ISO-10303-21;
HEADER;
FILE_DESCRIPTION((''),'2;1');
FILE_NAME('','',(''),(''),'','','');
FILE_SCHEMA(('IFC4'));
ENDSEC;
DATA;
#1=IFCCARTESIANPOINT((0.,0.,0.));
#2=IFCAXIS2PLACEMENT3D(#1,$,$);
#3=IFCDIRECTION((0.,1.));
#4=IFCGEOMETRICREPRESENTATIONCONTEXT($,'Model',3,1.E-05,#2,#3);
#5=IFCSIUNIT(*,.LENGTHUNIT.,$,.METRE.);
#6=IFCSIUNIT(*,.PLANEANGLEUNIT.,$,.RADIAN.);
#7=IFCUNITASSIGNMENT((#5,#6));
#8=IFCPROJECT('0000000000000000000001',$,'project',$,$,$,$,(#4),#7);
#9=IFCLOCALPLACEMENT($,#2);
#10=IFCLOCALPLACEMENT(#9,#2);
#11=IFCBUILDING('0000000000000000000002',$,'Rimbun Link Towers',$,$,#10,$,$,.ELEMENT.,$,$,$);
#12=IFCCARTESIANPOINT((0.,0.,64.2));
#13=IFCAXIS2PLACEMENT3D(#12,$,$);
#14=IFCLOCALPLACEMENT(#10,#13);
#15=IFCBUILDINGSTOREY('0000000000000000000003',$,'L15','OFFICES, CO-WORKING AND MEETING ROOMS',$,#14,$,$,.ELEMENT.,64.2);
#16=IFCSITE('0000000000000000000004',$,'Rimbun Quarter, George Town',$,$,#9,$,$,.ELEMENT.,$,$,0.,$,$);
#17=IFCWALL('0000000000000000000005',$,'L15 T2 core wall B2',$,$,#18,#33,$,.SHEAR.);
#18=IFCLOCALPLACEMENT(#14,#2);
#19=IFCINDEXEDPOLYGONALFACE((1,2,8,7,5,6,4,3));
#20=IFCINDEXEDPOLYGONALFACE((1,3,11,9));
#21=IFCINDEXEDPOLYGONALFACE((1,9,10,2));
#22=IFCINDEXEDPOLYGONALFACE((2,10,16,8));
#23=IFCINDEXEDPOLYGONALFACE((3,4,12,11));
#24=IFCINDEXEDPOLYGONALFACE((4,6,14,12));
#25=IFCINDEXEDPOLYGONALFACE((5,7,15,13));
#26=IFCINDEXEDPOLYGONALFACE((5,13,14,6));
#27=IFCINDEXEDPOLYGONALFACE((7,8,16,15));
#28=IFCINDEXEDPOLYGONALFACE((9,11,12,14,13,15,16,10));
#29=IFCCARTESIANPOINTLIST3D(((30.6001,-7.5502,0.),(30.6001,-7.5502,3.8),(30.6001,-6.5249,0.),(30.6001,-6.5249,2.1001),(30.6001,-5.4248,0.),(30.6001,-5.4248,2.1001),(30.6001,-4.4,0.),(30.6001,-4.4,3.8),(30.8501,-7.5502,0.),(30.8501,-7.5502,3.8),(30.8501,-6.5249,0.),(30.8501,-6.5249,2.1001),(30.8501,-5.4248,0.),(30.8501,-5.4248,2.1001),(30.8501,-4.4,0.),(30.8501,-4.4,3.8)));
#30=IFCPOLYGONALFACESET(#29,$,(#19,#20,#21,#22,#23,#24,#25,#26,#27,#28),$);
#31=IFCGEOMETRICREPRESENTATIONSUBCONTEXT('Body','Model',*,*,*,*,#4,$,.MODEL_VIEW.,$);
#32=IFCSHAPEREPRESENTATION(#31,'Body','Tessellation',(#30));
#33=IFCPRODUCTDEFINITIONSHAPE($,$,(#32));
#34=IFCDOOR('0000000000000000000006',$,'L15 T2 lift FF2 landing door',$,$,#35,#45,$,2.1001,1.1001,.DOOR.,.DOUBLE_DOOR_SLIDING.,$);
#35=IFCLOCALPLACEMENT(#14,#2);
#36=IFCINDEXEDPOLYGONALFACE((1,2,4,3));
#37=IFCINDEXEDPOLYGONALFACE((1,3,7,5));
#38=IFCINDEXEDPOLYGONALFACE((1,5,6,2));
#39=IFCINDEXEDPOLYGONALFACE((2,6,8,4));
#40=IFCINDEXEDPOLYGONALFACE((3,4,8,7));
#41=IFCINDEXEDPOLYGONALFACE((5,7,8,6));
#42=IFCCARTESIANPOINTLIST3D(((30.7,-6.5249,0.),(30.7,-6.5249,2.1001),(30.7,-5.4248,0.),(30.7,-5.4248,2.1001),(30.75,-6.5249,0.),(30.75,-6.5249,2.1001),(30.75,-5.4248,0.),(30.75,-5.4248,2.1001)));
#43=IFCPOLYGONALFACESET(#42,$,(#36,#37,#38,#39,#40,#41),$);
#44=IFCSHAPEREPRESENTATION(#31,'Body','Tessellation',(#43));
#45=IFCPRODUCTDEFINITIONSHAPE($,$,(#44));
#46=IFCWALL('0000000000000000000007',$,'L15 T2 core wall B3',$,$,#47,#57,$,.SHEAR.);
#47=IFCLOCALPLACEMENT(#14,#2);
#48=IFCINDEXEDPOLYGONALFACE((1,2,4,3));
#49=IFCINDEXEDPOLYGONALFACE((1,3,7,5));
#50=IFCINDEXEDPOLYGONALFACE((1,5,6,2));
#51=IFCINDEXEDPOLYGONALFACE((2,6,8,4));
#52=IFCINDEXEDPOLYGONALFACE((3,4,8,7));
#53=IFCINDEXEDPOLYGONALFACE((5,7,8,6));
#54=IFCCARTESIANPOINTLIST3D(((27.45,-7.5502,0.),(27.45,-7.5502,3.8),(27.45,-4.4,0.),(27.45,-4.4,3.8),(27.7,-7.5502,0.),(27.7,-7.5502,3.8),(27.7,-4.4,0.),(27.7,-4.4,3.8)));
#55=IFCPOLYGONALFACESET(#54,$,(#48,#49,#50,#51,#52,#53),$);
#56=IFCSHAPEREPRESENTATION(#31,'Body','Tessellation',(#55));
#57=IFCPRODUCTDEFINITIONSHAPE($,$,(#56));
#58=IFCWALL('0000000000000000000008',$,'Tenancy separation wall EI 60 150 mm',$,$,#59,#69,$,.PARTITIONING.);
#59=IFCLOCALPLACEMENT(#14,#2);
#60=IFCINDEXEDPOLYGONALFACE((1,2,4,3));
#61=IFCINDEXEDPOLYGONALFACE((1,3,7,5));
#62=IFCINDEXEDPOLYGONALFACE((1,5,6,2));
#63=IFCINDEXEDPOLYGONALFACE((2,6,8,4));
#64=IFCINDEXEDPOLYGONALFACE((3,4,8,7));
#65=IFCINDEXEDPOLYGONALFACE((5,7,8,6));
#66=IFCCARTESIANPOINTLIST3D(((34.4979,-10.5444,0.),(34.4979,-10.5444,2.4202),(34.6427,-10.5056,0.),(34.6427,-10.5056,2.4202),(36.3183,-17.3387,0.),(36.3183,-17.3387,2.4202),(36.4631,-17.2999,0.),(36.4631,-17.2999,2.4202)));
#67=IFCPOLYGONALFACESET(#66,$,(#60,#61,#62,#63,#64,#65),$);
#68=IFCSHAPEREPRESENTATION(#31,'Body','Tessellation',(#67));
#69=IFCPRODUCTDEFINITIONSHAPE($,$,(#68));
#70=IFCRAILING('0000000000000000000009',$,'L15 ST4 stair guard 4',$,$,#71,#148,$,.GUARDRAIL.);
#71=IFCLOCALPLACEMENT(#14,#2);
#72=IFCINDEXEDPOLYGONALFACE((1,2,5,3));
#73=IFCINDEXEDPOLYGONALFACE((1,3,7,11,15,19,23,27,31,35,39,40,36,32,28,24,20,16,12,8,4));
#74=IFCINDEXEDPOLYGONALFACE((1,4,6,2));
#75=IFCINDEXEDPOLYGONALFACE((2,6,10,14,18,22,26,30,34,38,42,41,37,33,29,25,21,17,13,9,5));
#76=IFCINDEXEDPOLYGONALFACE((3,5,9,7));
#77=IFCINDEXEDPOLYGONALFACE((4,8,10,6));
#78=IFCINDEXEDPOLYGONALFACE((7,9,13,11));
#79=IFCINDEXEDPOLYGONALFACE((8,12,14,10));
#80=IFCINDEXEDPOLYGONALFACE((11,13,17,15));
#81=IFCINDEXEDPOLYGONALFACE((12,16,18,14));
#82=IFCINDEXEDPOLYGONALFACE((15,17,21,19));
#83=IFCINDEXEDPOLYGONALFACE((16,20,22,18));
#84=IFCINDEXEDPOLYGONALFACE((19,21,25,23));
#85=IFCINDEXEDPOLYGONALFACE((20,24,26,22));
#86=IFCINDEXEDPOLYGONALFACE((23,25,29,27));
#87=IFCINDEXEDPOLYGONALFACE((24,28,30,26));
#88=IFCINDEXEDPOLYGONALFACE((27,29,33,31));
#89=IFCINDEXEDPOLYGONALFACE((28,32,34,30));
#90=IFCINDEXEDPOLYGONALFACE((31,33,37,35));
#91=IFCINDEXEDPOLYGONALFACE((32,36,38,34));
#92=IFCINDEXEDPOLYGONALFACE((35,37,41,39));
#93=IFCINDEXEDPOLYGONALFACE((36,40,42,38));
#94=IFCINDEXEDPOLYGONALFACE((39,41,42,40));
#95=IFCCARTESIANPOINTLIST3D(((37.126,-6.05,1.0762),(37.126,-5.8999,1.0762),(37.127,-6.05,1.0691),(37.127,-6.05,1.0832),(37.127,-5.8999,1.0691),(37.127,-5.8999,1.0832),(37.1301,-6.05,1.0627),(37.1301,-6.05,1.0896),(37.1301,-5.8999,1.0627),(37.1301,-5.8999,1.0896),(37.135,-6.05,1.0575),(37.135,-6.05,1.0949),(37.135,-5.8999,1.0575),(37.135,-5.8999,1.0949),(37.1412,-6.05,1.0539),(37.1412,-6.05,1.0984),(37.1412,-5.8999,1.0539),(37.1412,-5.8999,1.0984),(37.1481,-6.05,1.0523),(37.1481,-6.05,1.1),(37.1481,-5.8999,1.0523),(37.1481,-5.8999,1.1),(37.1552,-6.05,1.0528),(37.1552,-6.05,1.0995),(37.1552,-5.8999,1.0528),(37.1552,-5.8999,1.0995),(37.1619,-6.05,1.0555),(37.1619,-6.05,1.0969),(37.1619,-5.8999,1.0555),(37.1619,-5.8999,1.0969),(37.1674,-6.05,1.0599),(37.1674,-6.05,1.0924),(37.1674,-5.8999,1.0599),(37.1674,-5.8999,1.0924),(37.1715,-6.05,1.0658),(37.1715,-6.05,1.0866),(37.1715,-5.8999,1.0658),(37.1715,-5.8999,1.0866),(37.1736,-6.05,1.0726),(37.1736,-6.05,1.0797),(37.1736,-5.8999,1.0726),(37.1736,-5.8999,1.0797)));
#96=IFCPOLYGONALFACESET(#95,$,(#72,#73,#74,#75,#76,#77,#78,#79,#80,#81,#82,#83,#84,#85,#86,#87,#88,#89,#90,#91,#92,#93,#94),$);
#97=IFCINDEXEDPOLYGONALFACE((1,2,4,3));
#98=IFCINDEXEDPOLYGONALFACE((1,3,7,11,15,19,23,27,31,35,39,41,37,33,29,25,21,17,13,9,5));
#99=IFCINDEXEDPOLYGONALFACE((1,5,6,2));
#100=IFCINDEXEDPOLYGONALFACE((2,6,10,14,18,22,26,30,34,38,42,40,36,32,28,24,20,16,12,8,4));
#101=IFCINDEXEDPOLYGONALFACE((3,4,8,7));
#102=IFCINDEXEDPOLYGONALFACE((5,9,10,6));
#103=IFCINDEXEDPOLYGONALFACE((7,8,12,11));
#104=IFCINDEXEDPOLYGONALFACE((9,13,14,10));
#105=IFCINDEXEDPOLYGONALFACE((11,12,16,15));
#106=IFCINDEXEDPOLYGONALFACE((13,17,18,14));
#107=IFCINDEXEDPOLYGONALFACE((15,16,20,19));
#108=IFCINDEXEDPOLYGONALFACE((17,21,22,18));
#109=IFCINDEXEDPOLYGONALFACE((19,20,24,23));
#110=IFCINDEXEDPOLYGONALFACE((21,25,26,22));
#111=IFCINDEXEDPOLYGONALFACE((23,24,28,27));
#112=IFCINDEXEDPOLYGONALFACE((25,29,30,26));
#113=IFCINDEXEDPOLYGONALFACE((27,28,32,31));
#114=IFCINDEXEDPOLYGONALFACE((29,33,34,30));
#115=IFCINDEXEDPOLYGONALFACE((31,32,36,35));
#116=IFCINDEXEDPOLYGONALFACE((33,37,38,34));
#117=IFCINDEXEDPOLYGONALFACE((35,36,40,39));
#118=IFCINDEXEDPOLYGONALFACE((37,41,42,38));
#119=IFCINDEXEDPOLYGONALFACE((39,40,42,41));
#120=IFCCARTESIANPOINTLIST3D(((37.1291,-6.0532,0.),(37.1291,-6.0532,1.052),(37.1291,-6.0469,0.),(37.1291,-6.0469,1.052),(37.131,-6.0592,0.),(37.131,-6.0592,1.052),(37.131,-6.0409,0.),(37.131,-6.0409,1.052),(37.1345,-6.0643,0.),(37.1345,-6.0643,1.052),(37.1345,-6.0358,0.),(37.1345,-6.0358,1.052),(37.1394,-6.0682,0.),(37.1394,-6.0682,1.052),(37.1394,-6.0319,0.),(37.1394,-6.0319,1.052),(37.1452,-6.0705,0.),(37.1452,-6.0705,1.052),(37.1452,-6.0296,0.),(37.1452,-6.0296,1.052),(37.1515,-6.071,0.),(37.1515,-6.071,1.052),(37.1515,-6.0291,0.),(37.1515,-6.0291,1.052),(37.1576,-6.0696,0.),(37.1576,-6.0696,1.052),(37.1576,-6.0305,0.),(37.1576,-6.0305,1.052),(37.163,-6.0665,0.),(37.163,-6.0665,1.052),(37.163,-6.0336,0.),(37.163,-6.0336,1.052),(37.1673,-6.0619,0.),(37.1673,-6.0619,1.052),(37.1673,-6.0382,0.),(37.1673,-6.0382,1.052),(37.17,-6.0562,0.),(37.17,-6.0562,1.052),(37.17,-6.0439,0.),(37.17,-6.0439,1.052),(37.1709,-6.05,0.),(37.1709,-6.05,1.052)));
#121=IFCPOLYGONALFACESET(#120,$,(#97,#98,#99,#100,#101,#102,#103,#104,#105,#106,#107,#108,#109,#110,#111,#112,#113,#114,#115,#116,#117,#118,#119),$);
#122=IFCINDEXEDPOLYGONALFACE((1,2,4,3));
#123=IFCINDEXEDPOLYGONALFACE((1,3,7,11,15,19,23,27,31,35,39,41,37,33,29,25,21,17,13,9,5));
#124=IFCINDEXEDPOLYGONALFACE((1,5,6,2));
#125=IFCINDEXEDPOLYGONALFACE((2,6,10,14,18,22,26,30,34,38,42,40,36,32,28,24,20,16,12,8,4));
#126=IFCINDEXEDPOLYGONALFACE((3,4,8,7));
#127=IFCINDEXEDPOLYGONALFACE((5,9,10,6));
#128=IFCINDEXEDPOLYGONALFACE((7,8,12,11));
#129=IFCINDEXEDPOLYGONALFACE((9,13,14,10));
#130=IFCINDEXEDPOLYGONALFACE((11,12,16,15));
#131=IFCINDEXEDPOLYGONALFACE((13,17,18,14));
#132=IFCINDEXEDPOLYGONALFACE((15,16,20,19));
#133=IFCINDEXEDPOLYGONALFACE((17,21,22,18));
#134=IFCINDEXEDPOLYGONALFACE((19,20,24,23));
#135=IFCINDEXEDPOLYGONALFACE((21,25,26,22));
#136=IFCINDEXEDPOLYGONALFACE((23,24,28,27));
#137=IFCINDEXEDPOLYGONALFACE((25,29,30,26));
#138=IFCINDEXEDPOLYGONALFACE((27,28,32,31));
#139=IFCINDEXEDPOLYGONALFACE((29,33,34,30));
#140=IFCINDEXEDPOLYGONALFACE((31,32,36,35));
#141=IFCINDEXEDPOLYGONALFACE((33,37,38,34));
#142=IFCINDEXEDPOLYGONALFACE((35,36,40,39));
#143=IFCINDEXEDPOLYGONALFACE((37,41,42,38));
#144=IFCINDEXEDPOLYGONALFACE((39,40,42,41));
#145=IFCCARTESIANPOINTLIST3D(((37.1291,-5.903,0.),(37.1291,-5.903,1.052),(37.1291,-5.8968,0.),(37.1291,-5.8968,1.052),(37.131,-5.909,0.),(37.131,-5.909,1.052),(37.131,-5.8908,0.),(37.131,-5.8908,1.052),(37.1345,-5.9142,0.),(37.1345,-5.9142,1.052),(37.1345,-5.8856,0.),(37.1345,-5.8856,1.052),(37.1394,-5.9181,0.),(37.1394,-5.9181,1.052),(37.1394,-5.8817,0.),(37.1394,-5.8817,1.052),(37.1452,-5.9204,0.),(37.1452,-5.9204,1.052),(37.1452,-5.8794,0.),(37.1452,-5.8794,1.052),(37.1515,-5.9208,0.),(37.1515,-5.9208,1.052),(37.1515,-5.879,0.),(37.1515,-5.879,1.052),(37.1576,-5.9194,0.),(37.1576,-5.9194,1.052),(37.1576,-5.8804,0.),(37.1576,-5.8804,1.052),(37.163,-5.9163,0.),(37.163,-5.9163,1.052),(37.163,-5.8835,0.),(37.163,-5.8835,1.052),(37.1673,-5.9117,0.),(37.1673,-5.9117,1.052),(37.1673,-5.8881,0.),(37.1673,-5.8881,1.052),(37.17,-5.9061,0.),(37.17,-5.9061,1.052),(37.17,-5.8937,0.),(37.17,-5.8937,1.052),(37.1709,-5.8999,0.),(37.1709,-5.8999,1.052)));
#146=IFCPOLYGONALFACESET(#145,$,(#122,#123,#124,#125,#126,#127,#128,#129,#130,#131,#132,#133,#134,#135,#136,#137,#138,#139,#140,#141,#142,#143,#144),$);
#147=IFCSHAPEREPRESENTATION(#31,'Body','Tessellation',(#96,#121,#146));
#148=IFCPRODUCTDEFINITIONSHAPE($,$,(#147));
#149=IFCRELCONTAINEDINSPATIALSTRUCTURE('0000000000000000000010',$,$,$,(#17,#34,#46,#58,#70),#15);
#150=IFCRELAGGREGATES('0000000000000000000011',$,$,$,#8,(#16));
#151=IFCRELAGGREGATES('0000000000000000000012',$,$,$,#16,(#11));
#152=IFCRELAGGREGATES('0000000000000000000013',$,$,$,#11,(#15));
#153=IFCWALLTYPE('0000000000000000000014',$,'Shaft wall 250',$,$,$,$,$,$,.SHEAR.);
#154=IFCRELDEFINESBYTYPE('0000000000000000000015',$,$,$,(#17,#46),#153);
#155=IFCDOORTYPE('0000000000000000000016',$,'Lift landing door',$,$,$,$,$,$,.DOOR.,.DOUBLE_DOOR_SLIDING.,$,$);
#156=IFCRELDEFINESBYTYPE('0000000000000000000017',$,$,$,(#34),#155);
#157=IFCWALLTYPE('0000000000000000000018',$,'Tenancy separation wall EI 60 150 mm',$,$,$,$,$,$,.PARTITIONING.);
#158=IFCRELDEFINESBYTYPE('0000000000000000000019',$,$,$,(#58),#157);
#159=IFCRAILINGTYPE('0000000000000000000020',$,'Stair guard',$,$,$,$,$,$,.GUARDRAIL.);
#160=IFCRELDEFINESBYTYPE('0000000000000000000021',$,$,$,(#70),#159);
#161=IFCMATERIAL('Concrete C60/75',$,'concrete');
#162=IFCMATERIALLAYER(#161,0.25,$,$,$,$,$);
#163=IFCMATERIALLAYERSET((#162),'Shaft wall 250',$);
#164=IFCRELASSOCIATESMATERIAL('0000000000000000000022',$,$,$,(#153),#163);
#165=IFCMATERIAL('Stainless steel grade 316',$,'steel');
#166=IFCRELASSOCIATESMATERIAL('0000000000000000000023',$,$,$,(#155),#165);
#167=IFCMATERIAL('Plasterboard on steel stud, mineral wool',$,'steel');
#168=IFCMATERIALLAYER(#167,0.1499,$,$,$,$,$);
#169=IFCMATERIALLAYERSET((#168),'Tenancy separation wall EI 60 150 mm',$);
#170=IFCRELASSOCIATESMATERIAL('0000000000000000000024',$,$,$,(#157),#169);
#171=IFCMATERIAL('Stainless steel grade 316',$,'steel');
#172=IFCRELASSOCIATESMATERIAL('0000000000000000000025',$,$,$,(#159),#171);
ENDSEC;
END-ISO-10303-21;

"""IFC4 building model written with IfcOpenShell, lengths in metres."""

from ifc_helpers import new_model, si_unit, direction, frame, frame_2d, origin, origin_2d, place, context, subcontext, project, spatial, rectangle, circle, extrude, material, layer, layer_set, type_object, element, fill, save


model = new_model("IFC4")

# Units and contexts
model_context = context("Model", 3, precision=1e-05, world=origin(), true_north=direction((0.0, 1.0)))
body_context = subcontext(model_context, "Body", "Model", "MODEL_VIEW")
ifc_project = project(units=[si_unit("LENGTHUNIT", "METRE"), si_unit("PLANEANGLEUNIT", "RADIAN")], contexts=[model_context])

# Site, building, storey
site_placement = place(None, origin())
site = spatial("IfcSite", under=ifc_project, at=site_placement, Name="Rimbun Quarter, George Town", CompositionType="ELEMENT", RefElevation=0.0)
building_placement = place(site_placement, origin())
building = spatial("IfcBuilding", under=site, at=building_placement, Name="Rimbun Link Towers", CompositionType="ELEMENT")
storey_placement = place(building_placement, frame((0.0, 0.0, 64.2)))
storey = spatial("IfcBuildingStorey", under=building, at=storey_placement, Name="L15", Description="OFFICES, CO-WORKING AND MEETING ROOMS", CompositionType="ELEMENT", Elevation=64.2)

# Shared definitions
ifc_material_1 = material(Name="Concrete C60/75", Category="concrete")
ifc_layer_1 = layer(ifc_material_1, 0.25)
ifc_layer_set_1 = layer_set([ifc_layer_1], Name="Shaft wall 250")
wall_type_1 = type_object("IfcWallType", Name="Shaft wall 250", PredefinedType="SHEAR", material=ifc_layer_set_1)

# Wall, opening, door
wall_1_placement = place(storey_placement, frame((30.7251, -4.3999, 0.0), z_axis=(0.0, 0.0, 1.0), x_axis=(0.0, -1.0, 0.0)))
wall_1 = element("IfcWall", 1, at=wall_1_placement, inside=storey, type_object=wall_type_1, Name="L15 T2 core wall B2", PredefinedType="SHEAR", context=body_context, shape_type="SweptSolid", body=[
    extrude(rectangle(XDim=3.1501, YDim=0.25, at=frame_2d((1.5752, 0.0))), origin(), (0.0, 0.0, 1.0), 3.8),
])
opening_1_placement = place(wall_1_placement, frame((1.0249, 0.0, 0.0)))
opening_1 = element("IfcOpeningElement", 2, at=opening_1_placement, cuts=wall_1, PredefinedType="OPENING", context=body_context, shape_type="SweptSolid", body=[
    extrude(rectangle(XDim=1.1001, YDim=2.1001, at=frame_2d((0.55, 1.05))), frame((0.0, 0.135, 0.0), z_axis=(0.0, -1.0, 0.0), x_axis=(1.0, 0.0, 0.0)), (0.0, 0.0, 1.0), 0.27),
])
ifc_material_2 = material(Name="Stainless steel grade 316", Category="steel")
door_type_1 = type_object("IfcDoorType", Name="Lift landing door", OperationType="DOUBLE_DOOR_SLIDING", PredefinedType="DOOR", material=ifc_material_2)
door_1_placement = place(opening_1_placement, origin())
door_1 = element("IfcDoor", 3, at=door_1_placement, inside=storey, type_object=door_type_1, Name="L15 T2 lift FF2 landing door", OperationType="DOUBLE_DOOR_SLIDING", OverallHeight=2.1001, OverallWidth=1.1001, PredefinedType="DOOR", context=body_context, shape_type="SweptSolid", body=[
    extrude(rectangle(XDim=1.1001, YDim=2.1001, at=frame_2d((0.55, 1.05))), frame((0.0, 0.0249, 0.0), z_axis=(0.0, -1.0, 0.0), x_axis=(1.0, 0.0, 0.0)), (0.0, 0.0, 1.0), 0.05),
])
fill(opening_1, door_1)

# Walls
wall_2_placement = place(storey_placement, frame((27.575, -4.3999, 0.0), z_axis=(0.0, 0.0, 1.0), x_axis=(0.0, -1.0, 0.0)))
element("IfcWall", 4, at=wall_2_placement, inside=storey, type_object=wall_type_1, Name="L15 T2 core wall B3", PredefinedType="SHEAR", context=body_context, shape_type="SweptSolid", body=[
    extrude(rectangle(XDim=3.1501, YDim=0.25, at=frame_2d((1.5752, 0.0))), origin(), (0.0, 0.0, 1.0), 3.8),
])
ifc_material_3 = material(Name="Plasterboard on steel stud, mineral wool", Category="steel")
ifc_layer_2 = layer(ifc_material_3, 0.1499)
ifc_layer_set_2 = layer_set([ifc_layer_2], Name="Tenancy separation wall EI 60 150 mm")
wall_type_2 = type_object("IfcWallType", Name="Tenancy separation wall EI 60 150 mm", PredefinedType="PARTITIONING", material=ifc_layer_set_2)
wall_3_placement = place(storey_placement, frame((34.5703, -10.5249, 0.0), z_axis=(0.0, 0.0, 1.0), x_axis=(0.258794, -0.965932, 0.0)))
element("IfcWall", 5, at=wall_3_placement, inside=storey, type_object=wall_type_2, Name="Tenancy separation wall EI 60 150 mm", PredefinedType="PARTITIONING", context=body_context, shape_type="SweptSolid", body=[
    extrude(rectangle(XDim=7.0339, YDim=0.1499, at=frame_2d((3.5171, 0.0))), origin(), (0.0, 0.0, 1.0), 2.4202),
])

# Railing
ifc_material_4 = material(Name="Stainless steel grade 316", Category="steel")
railing_type_1 = type_object("IfcRailingType", Name="Stair guard", PredefinedType="GUARDRAIL", material=ifc_material_4)
railing_1_placement = place(storey_placement, frame((37.1499, -6.05, 0.0)))
element("IfcRailing", 6, at=railing_1_placement, inside=storey, type_object=railing_type_1, Name="L15 ST4 stair guard 4", PredefinedType="GUARDRAIL", context=body_context, shape_type="SweptSolid", body=[
    extrude(circle(Radius=0.0239, at=origin_2d()), frame((0.0, 0.0, 1.0762), z_axis=(0.0, 1.0, 0.0), x_axis=(-1.0, 0.0, 0.0)), (0.0, 0.0, 1.0), 0.1501),
    extrude(circle(Radius=0.021, at=origin_2d()), origin(), (0.0, 0.0, 1.0), 1.052),
    extrude(circle(Radius=0.021, at=origin_2d()), frame((0.0, 0.1501, 0.0)), (0.0, 0.0, 1.0), 1.052),
])

save(model, "model.ifc")
